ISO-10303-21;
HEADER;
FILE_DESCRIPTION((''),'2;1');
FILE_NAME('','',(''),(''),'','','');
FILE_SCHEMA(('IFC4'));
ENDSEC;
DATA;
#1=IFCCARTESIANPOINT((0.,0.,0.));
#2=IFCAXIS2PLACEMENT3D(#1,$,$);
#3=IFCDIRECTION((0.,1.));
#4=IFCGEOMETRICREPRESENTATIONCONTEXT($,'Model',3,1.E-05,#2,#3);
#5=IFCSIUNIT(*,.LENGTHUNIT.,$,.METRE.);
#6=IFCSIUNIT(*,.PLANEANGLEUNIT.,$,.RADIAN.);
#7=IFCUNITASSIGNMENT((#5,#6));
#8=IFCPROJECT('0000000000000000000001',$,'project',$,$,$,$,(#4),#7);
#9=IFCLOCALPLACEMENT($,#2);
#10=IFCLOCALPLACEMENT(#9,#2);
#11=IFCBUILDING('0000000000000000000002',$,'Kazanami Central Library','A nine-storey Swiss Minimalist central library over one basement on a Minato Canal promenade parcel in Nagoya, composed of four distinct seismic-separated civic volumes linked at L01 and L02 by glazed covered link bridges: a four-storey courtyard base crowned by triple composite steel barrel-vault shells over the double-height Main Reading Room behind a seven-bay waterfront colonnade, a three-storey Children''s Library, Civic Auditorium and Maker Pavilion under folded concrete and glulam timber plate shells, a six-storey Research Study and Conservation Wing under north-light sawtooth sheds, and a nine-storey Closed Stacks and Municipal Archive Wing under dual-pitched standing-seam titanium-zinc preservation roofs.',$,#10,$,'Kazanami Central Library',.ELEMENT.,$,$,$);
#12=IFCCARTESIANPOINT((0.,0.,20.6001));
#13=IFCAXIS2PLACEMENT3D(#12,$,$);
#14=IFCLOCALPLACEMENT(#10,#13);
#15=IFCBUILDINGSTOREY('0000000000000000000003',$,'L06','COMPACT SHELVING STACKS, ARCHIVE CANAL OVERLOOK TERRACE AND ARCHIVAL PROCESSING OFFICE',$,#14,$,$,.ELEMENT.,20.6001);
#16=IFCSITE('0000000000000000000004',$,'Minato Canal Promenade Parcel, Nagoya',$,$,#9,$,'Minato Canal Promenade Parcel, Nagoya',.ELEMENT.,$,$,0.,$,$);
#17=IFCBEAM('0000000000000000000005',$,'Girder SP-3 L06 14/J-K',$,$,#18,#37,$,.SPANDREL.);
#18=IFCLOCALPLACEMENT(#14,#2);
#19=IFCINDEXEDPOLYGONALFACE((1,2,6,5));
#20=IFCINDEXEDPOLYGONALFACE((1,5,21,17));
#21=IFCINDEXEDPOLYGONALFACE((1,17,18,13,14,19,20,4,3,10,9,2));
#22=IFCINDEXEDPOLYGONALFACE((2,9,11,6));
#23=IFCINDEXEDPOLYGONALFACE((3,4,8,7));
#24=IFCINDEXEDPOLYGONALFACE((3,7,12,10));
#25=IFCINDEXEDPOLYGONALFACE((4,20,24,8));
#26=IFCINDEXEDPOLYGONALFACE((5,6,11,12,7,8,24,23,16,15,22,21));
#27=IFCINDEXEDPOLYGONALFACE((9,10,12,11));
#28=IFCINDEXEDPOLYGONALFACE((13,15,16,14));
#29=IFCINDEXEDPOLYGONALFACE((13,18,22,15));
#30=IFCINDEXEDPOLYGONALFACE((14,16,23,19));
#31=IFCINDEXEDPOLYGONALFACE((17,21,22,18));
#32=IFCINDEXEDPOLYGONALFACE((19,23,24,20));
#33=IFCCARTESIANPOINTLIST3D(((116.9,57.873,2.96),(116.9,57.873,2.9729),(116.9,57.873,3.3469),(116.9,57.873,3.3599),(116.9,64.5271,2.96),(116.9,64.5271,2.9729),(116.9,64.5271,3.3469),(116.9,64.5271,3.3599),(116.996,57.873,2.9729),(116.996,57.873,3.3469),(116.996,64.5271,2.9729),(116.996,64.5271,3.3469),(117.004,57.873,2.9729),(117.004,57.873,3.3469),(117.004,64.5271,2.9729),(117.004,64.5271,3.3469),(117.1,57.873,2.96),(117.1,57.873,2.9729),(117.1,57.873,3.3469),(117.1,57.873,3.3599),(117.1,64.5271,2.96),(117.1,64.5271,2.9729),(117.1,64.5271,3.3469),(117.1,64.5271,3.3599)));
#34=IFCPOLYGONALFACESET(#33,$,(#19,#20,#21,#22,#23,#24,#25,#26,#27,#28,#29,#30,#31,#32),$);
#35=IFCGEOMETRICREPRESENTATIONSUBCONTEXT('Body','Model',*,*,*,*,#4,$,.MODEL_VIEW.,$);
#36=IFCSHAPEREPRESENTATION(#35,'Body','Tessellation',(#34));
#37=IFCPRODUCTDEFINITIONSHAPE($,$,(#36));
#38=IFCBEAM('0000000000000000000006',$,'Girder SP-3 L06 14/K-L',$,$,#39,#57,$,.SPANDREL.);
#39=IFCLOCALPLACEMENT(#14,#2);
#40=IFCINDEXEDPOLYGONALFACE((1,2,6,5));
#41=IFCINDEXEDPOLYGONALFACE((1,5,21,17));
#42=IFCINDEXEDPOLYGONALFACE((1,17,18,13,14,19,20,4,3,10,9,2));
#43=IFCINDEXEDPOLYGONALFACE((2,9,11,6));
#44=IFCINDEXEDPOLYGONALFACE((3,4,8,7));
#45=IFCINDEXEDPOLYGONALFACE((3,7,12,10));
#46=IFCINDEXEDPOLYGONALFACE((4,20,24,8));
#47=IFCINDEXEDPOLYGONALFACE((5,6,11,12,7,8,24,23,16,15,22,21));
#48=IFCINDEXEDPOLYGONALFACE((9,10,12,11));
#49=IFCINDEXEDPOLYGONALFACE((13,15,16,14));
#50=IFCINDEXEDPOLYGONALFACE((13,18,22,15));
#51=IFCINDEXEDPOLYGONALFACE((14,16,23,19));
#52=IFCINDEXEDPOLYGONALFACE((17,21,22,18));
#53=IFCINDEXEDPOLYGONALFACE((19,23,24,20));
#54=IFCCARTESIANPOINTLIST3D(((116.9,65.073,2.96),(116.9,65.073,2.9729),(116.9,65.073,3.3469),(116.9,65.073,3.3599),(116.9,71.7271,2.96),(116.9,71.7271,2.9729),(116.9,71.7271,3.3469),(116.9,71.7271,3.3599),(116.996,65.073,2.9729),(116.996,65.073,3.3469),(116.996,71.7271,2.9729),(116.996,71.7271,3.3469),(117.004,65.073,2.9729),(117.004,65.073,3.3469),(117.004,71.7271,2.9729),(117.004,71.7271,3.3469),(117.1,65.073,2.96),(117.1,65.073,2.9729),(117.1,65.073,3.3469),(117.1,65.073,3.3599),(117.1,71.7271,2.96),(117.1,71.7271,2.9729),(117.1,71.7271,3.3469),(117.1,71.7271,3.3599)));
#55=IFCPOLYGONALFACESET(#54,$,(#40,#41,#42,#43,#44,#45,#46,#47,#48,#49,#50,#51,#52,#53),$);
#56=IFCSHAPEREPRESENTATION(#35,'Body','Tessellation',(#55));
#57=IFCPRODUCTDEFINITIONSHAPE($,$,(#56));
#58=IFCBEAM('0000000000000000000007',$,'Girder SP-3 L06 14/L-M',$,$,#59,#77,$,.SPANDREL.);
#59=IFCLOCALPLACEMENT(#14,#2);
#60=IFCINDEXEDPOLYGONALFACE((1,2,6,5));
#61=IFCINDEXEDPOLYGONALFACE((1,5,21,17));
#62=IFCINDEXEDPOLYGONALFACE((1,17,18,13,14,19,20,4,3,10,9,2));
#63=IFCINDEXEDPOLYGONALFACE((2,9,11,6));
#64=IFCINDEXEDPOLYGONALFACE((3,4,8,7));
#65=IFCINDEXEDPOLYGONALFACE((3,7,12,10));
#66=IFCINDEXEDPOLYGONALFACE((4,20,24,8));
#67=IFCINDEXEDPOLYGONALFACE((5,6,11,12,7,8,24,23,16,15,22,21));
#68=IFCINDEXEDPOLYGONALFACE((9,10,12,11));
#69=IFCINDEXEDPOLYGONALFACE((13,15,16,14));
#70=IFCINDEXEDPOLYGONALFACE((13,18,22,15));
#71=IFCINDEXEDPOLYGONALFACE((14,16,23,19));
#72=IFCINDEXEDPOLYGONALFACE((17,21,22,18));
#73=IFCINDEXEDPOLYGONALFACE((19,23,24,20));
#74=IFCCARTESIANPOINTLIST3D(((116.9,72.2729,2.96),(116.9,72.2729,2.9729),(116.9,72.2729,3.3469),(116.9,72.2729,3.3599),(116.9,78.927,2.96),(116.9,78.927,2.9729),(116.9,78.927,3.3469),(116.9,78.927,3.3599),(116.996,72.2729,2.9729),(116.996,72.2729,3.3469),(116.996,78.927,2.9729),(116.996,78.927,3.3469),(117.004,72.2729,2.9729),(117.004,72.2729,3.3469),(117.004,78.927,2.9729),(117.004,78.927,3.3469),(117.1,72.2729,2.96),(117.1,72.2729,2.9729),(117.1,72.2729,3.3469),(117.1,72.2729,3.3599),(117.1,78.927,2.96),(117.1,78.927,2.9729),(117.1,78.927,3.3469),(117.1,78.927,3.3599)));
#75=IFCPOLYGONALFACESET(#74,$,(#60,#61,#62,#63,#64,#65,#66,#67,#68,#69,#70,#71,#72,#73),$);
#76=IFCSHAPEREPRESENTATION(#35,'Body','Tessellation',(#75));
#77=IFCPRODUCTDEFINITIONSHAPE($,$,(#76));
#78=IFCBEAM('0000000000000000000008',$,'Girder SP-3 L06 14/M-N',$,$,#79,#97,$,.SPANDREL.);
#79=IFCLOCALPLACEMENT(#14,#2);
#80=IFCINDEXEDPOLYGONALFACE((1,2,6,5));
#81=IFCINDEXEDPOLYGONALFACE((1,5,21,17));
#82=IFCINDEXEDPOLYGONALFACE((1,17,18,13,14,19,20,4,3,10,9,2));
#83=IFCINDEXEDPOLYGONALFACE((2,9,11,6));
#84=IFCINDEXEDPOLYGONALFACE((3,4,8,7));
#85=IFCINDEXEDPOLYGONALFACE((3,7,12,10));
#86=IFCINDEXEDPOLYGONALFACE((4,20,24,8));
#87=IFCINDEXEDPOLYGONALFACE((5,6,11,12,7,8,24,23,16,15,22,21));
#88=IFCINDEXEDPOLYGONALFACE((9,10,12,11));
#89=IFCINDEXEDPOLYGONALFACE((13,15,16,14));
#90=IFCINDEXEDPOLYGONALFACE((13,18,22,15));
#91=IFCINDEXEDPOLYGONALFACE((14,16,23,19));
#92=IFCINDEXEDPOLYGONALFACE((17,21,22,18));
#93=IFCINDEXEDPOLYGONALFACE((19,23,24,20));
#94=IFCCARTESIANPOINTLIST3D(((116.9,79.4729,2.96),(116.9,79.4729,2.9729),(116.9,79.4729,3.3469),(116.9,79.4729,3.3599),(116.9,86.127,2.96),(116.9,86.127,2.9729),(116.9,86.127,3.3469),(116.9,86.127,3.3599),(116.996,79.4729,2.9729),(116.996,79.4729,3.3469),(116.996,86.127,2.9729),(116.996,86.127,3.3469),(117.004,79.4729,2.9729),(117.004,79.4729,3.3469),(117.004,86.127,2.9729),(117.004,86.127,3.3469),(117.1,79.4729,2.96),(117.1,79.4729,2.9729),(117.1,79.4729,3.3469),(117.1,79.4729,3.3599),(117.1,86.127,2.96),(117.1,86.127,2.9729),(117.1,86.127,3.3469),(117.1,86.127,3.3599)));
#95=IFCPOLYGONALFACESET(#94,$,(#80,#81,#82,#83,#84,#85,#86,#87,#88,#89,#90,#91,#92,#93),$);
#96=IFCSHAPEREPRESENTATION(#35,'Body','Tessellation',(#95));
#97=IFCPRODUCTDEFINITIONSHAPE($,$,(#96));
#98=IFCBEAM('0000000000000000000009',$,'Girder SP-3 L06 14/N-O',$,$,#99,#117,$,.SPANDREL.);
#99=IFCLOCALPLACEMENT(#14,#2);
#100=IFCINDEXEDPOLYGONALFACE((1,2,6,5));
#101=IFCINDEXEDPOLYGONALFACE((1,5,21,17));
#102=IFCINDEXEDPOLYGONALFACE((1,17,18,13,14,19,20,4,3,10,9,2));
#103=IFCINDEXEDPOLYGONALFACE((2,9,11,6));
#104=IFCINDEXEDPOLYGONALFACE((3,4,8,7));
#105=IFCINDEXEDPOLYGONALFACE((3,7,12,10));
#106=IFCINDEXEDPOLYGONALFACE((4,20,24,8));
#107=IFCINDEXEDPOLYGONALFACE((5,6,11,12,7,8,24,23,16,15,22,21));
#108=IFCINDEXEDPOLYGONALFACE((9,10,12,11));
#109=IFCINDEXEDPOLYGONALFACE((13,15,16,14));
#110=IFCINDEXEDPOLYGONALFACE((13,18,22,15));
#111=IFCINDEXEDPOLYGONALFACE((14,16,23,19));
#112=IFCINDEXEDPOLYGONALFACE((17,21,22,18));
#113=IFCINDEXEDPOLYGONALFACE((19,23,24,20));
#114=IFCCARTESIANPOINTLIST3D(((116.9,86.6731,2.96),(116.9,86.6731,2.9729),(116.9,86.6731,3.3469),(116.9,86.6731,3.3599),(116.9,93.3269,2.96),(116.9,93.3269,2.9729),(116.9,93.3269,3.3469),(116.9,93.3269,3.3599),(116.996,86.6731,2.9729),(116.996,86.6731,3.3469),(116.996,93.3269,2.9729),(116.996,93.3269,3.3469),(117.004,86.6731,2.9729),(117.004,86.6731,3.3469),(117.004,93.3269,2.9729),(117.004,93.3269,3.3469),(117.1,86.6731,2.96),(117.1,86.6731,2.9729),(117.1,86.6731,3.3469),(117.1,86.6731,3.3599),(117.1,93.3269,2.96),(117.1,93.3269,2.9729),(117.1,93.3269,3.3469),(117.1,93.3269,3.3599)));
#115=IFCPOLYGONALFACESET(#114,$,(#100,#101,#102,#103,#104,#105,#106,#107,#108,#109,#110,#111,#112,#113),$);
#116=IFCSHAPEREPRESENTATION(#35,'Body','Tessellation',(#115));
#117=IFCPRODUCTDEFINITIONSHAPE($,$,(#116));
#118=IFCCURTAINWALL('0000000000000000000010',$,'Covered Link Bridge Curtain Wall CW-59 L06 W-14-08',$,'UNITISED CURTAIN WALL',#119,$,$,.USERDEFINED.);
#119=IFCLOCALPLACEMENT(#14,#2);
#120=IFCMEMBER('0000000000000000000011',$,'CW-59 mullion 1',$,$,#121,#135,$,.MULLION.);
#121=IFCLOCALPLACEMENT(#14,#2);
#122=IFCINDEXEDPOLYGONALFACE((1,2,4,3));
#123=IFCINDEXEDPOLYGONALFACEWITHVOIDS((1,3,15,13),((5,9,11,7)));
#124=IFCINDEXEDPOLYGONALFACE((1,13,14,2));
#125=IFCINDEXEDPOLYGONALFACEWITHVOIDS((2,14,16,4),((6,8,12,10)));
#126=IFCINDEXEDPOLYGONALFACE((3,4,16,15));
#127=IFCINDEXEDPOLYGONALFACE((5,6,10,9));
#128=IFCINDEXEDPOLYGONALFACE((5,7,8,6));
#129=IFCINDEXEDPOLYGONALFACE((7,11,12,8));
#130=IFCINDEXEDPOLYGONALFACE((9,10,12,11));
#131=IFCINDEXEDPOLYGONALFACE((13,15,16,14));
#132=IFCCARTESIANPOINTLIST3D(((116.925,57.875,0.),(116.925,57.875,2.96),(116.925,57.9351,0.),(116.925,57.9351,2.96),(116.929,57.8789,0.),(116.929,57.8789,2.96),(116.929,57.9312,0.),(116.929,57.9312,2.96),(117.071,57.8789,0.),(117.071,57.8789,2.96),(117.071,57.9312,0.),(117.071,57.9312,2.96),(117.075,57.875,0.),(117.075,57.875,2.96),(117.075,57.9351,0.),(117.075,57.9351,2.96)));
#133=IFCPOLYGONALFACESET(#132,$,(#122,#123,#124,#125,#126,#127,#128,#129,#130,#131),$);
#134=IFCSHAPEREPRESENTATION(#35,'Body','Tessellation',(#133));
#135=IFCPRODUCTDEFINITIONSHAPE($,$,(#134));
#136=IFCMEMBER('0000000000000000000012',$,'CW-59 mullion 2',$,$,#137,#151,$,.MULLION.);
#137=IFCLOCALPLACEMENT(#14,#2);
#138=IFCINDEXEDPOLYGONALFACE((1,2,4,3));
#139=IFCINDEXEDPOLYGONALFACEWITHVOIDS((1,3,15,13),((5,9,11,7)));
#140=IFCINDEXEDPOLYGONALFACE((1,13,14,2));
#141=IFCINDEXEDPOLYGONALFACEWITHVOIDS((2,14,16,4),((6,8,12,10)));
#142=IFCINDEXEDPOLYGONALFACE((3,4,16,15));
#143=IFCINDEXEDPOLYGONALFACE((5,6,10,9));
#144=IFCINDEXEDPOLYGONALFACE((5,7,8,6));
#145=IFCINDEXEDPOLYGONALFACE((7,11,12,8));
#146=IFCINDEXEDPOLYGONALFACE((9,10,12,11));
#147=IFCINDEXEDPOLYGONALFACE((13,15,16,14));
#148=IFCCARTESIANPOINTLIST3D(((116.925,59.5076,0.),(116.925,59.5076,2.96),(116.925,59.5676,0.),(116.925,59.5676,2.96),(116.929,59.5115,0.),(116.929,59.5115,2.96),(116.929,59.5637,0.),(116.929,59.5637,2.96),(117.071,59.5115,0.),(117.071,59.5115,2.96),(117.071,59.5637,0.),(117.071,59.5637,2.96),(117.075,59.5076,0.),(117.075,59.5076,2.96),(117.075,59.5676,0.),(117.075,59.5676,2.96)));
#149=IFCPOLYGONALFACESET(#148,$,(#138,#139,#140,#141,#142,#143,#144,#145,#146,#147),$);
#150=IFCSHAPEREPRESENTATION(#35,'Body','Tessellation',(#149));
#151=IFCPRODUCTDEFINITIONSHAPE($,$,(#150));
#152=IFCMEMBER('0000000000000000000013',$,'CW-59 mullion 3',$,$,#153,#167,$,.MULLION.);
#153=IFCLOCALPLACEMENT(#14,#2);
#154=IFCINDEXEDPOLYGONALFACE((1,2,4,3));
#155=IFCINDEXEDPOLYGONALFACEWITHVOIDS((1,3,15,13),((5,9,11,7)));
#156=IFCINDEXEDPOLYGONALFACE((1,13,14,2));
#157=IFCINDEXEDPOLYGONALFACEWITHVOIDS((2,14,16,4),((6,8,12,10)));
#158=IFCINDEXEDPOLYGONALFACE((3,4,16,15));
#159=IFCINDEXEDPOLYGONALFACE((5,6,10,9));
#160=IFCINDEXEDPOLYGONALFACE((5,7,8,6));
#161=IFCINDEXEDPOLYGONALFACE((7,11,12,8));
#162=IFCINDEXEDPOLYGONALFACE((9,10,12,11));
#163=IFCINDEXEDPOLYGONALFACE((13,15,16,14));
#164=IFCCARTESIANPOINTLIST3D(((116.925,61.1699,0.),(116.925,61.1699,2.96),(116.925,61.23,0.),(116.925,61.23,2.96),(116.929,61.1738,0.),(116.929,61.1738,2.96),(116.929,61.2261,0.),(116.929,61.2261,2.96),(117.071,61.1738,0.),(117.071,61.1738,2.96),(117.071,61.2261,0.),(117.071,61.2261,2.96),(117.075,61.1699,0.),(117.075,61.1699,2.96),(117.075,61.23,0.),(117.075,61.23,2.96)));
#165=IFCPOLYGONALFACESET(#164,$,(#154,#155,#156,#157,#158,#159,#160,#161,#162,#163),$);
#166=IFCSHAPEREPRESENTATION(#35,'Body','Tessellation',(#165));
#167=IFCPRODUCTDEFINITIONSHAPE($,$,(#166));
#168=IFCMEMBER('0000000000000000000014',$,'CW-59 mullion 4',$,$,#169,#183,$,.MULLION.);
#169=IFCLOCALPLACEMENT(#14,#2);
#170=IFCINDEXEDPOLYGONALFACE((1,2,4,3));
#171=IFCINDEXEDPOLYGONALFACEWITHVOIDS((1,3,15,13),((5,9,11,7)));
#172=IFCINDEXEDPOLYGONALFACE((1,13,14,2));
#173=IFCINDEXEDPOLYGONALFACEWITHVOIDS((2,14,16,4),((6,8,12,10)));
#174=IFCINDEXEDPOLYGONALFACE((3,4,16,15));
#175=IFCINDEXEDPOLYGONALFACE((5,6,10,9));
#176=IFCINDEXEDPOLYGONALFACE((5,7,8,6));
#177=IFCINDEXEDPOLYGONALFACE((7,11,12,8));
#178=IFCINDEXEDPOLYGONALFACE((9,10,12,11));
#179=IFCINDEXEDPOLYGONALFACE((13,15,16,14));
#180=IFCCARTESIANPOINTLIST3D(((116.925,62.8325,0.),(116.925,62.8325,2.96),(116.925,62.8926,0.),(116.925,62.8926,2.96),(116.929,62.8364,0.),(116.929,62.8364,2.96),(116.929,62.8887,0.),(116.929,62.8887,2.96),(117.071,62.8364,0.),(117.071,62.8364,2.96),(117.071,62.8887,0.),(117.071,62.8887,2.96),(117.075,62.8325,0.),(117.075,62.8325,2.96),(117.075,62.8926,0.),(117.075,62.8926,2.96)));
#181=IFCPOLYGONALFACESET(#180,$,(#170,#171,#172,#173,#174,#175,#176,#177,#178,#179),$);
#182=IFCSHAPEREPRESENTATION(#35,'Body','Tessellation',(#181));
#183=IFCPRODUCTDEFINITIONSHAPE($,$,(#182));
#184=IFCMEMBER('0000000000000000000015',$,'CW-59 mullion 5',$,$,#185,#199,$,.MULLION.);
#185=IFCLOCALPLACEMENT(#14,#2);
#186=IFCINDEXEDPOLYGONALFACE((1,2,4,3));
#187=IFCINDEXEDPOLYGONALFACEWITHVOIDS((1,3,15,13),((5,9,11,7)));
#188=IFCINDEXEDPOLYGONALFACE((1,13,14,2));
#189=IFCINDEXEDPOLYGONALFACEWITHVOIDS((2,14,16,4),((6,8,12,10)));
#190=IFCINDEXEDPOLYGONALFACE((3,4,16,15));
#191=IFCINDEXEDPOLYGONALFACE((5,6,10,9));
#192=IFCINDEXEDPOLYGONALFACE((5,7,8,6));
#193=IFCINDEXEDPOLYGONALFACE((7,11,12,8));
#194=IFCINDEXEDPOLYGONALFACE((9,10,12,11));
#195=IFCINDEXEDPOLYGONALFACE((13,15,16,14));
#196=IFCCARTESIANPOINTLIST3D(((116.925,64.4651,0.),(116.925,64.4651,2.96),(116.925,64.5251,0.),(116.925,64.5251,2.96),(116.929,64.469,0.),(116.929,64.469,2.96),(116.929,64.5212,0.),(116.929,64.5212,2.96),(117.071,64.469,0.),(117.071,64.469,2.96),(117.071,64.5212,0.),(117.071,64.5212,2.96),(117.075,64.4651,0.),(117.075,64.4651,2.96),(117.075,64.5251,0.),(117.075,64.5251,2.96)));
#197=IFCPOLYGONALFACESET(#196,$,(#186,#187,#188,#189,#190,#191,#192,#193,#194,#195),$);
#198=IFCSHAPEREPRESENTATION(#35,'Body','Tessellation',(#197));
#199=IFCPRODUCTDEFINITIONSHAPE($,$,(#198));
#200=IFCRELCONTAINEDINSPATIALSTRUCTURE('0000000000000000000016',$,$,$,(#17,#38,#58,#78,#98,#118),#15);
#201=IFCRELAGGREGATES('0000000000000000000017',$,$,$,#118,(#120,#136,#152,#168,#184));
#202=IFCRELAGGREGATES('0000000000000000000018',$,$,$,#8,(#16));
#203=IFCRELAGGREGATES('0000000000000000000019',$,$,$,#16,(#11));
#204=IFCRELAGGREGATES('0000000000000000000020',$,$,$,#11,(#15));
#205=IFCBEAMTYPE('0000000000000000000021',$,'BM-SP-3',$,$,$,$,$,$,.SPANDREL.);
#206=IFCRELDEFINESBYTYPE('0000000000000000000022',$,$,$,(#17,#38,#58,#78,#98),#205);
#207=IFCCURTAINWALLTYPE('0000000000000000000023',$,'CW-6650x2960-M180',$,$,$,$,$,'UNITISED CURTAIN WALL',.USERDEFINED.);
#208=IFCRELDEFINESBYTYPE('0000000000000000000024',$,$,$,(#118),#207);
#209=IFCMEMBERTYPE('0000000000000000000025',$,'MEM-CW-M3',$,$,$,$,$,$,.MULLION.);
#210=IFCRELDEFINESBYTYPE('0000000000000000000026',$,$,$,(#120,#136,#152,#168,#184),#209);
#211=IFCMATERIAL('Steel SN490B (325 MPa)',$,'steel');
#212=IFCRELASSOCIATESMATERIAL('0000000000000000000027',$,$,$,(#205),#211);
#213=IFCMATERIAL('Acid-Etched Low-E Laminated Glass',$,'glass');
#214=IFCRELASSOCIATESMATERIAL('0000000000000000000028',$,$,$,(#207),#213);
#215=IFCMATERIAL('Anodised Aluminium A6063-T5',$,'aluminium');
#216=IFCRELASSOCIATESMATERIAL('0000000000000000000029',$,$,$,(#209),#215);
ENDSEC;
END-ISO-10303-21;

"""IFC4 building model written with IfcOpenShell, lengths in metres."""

from ifc_helpers import new_model, si_unit, direction, frame, origin, origin_2d, place, context, subcontext, project, spatial, hollow_rectangle, i_section, extrude, material, material_profile, profile_set, type_object, element, aggregate, save


model = new_model("IFC4")

# Units and contexts
model_context = context("Model", 3, precision=1e-05, world=origin(), true_north=direction((0.0, 1.0)))
body_context = subcontext(model_context, "Body", "Model", "MODEL_VIEW")
ifc_project = project(units=[si_unit("LENGTHUNIT", "METRE"), si_unit("PLANEANGLEUNIT", "RADIAN")], contexts=[model_context])

# Site, building, storey
site_placement = place(None, origin())
site = spatial("IfcSite", under=ifc_project, at=site_placement, Name="Minato Canal Promenade Parcel, Nagoya", LongName="Minato Canal Promenade Parcel, Nagoya", CompositionType="ELEMENT", RefElevation=0.0)
building_placement = place(site_placement, origin())
building = spatial("IfcBuilding", under=site, at=building_placement, Name="Kazanami Central Library", Description="A nine-storey Swiss Minimalist central library over one basement on a Minato Canal promenade parcel in Nagoya, composed of four distinct seismic-separated civic volumes linked at L01 and L02 by glazed covered link bridges: a four-storey courtyard base crowned by triple composite steel barrel-vault shells over the double-height Main Reading Room behind a seven-bay waterfront colonnade, a three-storey Children's Library, Civic Auditorium and Maker Pavilion under folded concrete and glulam timber plate shells, a six-storey Research Study and Conservation Wing under north-light sawtooth sheds, and a nine-storey Closed Stacks and Municipal Archive Wing under dual-pitched standing-seam titanium-zinc preservation roofs.", LongName="Kazanami Central Library", CompositionType="ELEMENT")
storey_placement = place(building_placement, frame((0.0, 0.0, 20.6001)))
storey = spatial("IfcBuildingStorey", under=building, at=storey_placement, Name="L06", Description="COMPACT SHELVING STACKS, ARCHIVE CANAL OVERLOOK TERRACE AND ARCHIVAL PROCESSING OFFICE", CompositionType="ELEMENT", Elevation=20.6001)

# Beams
ifc_material_1 = material(Name="Steel SN490B (325 MPa)", Category="steel")
ifc_material_profile_1 = material_profile(ifc_material_1, i_section(OverallWidth=0.2, OverallDepth=0.3999, WebThickness=0.0081, FlangeThickness=0.0129, at=origin_2d()), Name="H-400x200x8x13")
ifc_profile_set_1 = profile_set([ifc_material_profile_1], Name="Steel SN490B (325 MPa)")
beam_type = type_object("IfcBeamType", Name="BM-SP-3", PredefinedType="SPANDREL", material=ifc_profile_set_1)
for number, where, z_axis, x_axis, name in (
    (1, (117.0, 57.873, 3.1599), (0.0, 1.0, 0.0), (-1.0, 0.0, 0.0), "Girder SP-3 L06 14/J-K"),
    (2, (117.0, 65.073, 3.1599), (0.0, 1.0, 0.0), (-1.0, 0.0, 0.0), "Girder SP-3 L06 14/K-L"),
    (3, (117.0, 72.2729, 3.1599), (0.0, 1.0, 0.0), (-1.0, 0.0, 0.0), "Girder SP-3 L06 14/L-M"),
    (4, (117.0, 79.4729, 3.1599), (0.0, 1.0, 0.0), (-1.0, 0.0, 0.0), "Girder SP-3 L06 14/M-N"),
):
    element("IfcBeam", number, at=place(storey_placement, frame(where, z_axis=z_axis, x_axis=x_axis)), inside=storey, type_object=beam_type, Name=name, PredefinedType="SPANDREL", context=body_context, shape_type="SweptSolid", body=[
        extrude(i_section(OverallWidth=0.2, OverallDepth=0.3999, WebThickness=0.0081, FlangeThickness=0.0129, at=origin_2d()), origin(), (0.0, 0.0, 1.0), 6.6541),
    ])
beam_placement = place(storey_placement, frame((117.0, 86.6731, 3.1599), z_axis=(0.0, 1.0, 0.0), x_axis=(-1.0, 0.0, 0.0)))
element("IfcBeam", 5, at=beam_placement, inside=storey, type_object=beam_type, Name="Girder SP-3 L06 14/N-O", PredefinedType="SPANDREL", context=body_context, shape_type="SweptSolid", body=[
    extrude(i_section(OverallWidth=0.2, OverallDepth=0.3999, WebThickness=0.0081, FlangeThickness=0.0129, at=origin_2d()), origin(), (0.0, 0.0, 1.0), 6.6538),
])

# Curtain wall, members
ifc_material_2 = material(Name="Acid-Etched Low-E Laminated Glass", Category="glass")
curtain_wall_type = type_object("IfcCurtainWallType", Name="CW-6650x2960-M180", ElementType="UNITISED CURTAIN WALL", PredefinedType="USERDEFINED", material=ifc_material_2)
curtain_wall_placement = place(storey_placement, origin())
curtain_wall = element("IfcCurtainWall", 6, at=curtain_wall_placement, inside=storey, type_object=curtain_wall_type, Name="Covered Link Bridge Curtain Wall CW-59 L06 W-14-08", ObjectType="UNITISED CURTAIN WALL", PredefinedType="USERDEFINED")
ifc_material_3 = material(Name="Anodised Aluminium A6063-T5", Category="aluminium")
ifc_material_profile_2 = material_profile(ifc_material_3, hollow_rectangle(XDim=0.0601, YDim=0.1499, WallThickness=0.0039, at=origin_2d()), Name="ALU-MULL-60x150x4")
ifc_profile_set_2 = profile_set([ifc_material_profile_2], Name="Anodised Aluminium A6063-T5")
member_type_1 = type_object("IfcMemberType", Name="MEM-CW-M3", PredefinedType="MULLION", material=ifc_profile_set_2)
member_1_placement = place(storey_placement, frame((117.0, 57.905, 0.0), z_axis=(0.0, 0.0, 1.0), x_axis=(0.0, 1.0, 0.0)))
member_1 = element("IfcMember", 7, at=member_1_placement, type_object=member_type_1, Name="CW-59 mullion 1", PredefinedType="MULLION", context=body_context, shape_type="SweptSolid", body=[
    extrude(hollow_rectangle(XDim=0.0601, YDim=0.1499, WallThickness=0.0039, at=origin_2d()), origin(), (0.0, 0.0, 1.0), 2.96),
])
member_2_placement = place(storey_placement, frame((117.0, 59.5376, 0.0), z_axis=(0.0, 0.0, 1.0), x_axis=(0.0, 1.0, 0.0)))
member_2 = element("IfcMember", 8, at=member_2_placement, type_object=member_type_1, Name="CW-59 mullion 2", PredefinedType="MULLION", context=body_context, shape_type="SweptSolid", body=[
    extrude(hollow_rectangle(XDim=0.0601, YDim=0.1499, WallThickness=0.0039, at=origin_2d()), origin(), (0.0, 0.0, 1.0), 2.96),
])
member_3_placement = place(storey_placement, frame((117.0, 61.2, 0.0), z_axis=(0.0, 0.0, 1.0), x_axis=(0.0, 1.0, 0.0)))
member_3 = element("IfcMember", 9, at=member_3_placement, type_object=member_type_1, Name="CW-59 mullion 3", PredefinedType="MULLION", context=body_context, shape_type="SweptSolid", body=[
    extrude(hollow_rectangle(XDim=0.0601, YDim=0.1499, WallThickness=0.0039, at=origin_2d()), origin(), (0.0, 0.0, 1.0), 2.96),
])
member_4_placement = place(storey_placement, frame((117.0, 62.8625, 0.0), z_axis=(0.0, 0.0, 1.0), x_axis=(0.0, 1.0, 0.0)))
member_4 = element("IfcMember", 10, at=member_4_placement, type_object=member_type_1, Name="CW-59 mullion 4", PredefinedType="MULLION", context=body_context, shape_type="SweptSolid", body=[
    extrude(hollow_rectangle(XDim=0.0601, YDim=0.1499, WallThickness=0.0039, at=origin_2d()), origin(), (0.0, 0.0, 1.0), 2.96),
])
member_5_placement = place(storey_placement, frame((117.0, 64.4951, 0.0), z_axis=(0.0, 0.0, 1.0), x_axis=(0.0, 1.0, 0.0)))
member_5 = element("IfcMember", 11, at=member_5_placement, type_object=member_type_1, Name="CW-59 mullion 5", PredefinedType="MULLION", context=body_context, shape_type="SweptSolid", body=[
    extrude(hollow_rectangle(XDim=0.0601, YDim=0.1499, WallThickness=0.0039, at=origin_2d()), origin(), (0.0, 0.0, 1.0), 2.96),
])
aggregate(curtain_wall, [member_1, member_2, member_3, member_4, member_5])

save(model, "model.ifc")
